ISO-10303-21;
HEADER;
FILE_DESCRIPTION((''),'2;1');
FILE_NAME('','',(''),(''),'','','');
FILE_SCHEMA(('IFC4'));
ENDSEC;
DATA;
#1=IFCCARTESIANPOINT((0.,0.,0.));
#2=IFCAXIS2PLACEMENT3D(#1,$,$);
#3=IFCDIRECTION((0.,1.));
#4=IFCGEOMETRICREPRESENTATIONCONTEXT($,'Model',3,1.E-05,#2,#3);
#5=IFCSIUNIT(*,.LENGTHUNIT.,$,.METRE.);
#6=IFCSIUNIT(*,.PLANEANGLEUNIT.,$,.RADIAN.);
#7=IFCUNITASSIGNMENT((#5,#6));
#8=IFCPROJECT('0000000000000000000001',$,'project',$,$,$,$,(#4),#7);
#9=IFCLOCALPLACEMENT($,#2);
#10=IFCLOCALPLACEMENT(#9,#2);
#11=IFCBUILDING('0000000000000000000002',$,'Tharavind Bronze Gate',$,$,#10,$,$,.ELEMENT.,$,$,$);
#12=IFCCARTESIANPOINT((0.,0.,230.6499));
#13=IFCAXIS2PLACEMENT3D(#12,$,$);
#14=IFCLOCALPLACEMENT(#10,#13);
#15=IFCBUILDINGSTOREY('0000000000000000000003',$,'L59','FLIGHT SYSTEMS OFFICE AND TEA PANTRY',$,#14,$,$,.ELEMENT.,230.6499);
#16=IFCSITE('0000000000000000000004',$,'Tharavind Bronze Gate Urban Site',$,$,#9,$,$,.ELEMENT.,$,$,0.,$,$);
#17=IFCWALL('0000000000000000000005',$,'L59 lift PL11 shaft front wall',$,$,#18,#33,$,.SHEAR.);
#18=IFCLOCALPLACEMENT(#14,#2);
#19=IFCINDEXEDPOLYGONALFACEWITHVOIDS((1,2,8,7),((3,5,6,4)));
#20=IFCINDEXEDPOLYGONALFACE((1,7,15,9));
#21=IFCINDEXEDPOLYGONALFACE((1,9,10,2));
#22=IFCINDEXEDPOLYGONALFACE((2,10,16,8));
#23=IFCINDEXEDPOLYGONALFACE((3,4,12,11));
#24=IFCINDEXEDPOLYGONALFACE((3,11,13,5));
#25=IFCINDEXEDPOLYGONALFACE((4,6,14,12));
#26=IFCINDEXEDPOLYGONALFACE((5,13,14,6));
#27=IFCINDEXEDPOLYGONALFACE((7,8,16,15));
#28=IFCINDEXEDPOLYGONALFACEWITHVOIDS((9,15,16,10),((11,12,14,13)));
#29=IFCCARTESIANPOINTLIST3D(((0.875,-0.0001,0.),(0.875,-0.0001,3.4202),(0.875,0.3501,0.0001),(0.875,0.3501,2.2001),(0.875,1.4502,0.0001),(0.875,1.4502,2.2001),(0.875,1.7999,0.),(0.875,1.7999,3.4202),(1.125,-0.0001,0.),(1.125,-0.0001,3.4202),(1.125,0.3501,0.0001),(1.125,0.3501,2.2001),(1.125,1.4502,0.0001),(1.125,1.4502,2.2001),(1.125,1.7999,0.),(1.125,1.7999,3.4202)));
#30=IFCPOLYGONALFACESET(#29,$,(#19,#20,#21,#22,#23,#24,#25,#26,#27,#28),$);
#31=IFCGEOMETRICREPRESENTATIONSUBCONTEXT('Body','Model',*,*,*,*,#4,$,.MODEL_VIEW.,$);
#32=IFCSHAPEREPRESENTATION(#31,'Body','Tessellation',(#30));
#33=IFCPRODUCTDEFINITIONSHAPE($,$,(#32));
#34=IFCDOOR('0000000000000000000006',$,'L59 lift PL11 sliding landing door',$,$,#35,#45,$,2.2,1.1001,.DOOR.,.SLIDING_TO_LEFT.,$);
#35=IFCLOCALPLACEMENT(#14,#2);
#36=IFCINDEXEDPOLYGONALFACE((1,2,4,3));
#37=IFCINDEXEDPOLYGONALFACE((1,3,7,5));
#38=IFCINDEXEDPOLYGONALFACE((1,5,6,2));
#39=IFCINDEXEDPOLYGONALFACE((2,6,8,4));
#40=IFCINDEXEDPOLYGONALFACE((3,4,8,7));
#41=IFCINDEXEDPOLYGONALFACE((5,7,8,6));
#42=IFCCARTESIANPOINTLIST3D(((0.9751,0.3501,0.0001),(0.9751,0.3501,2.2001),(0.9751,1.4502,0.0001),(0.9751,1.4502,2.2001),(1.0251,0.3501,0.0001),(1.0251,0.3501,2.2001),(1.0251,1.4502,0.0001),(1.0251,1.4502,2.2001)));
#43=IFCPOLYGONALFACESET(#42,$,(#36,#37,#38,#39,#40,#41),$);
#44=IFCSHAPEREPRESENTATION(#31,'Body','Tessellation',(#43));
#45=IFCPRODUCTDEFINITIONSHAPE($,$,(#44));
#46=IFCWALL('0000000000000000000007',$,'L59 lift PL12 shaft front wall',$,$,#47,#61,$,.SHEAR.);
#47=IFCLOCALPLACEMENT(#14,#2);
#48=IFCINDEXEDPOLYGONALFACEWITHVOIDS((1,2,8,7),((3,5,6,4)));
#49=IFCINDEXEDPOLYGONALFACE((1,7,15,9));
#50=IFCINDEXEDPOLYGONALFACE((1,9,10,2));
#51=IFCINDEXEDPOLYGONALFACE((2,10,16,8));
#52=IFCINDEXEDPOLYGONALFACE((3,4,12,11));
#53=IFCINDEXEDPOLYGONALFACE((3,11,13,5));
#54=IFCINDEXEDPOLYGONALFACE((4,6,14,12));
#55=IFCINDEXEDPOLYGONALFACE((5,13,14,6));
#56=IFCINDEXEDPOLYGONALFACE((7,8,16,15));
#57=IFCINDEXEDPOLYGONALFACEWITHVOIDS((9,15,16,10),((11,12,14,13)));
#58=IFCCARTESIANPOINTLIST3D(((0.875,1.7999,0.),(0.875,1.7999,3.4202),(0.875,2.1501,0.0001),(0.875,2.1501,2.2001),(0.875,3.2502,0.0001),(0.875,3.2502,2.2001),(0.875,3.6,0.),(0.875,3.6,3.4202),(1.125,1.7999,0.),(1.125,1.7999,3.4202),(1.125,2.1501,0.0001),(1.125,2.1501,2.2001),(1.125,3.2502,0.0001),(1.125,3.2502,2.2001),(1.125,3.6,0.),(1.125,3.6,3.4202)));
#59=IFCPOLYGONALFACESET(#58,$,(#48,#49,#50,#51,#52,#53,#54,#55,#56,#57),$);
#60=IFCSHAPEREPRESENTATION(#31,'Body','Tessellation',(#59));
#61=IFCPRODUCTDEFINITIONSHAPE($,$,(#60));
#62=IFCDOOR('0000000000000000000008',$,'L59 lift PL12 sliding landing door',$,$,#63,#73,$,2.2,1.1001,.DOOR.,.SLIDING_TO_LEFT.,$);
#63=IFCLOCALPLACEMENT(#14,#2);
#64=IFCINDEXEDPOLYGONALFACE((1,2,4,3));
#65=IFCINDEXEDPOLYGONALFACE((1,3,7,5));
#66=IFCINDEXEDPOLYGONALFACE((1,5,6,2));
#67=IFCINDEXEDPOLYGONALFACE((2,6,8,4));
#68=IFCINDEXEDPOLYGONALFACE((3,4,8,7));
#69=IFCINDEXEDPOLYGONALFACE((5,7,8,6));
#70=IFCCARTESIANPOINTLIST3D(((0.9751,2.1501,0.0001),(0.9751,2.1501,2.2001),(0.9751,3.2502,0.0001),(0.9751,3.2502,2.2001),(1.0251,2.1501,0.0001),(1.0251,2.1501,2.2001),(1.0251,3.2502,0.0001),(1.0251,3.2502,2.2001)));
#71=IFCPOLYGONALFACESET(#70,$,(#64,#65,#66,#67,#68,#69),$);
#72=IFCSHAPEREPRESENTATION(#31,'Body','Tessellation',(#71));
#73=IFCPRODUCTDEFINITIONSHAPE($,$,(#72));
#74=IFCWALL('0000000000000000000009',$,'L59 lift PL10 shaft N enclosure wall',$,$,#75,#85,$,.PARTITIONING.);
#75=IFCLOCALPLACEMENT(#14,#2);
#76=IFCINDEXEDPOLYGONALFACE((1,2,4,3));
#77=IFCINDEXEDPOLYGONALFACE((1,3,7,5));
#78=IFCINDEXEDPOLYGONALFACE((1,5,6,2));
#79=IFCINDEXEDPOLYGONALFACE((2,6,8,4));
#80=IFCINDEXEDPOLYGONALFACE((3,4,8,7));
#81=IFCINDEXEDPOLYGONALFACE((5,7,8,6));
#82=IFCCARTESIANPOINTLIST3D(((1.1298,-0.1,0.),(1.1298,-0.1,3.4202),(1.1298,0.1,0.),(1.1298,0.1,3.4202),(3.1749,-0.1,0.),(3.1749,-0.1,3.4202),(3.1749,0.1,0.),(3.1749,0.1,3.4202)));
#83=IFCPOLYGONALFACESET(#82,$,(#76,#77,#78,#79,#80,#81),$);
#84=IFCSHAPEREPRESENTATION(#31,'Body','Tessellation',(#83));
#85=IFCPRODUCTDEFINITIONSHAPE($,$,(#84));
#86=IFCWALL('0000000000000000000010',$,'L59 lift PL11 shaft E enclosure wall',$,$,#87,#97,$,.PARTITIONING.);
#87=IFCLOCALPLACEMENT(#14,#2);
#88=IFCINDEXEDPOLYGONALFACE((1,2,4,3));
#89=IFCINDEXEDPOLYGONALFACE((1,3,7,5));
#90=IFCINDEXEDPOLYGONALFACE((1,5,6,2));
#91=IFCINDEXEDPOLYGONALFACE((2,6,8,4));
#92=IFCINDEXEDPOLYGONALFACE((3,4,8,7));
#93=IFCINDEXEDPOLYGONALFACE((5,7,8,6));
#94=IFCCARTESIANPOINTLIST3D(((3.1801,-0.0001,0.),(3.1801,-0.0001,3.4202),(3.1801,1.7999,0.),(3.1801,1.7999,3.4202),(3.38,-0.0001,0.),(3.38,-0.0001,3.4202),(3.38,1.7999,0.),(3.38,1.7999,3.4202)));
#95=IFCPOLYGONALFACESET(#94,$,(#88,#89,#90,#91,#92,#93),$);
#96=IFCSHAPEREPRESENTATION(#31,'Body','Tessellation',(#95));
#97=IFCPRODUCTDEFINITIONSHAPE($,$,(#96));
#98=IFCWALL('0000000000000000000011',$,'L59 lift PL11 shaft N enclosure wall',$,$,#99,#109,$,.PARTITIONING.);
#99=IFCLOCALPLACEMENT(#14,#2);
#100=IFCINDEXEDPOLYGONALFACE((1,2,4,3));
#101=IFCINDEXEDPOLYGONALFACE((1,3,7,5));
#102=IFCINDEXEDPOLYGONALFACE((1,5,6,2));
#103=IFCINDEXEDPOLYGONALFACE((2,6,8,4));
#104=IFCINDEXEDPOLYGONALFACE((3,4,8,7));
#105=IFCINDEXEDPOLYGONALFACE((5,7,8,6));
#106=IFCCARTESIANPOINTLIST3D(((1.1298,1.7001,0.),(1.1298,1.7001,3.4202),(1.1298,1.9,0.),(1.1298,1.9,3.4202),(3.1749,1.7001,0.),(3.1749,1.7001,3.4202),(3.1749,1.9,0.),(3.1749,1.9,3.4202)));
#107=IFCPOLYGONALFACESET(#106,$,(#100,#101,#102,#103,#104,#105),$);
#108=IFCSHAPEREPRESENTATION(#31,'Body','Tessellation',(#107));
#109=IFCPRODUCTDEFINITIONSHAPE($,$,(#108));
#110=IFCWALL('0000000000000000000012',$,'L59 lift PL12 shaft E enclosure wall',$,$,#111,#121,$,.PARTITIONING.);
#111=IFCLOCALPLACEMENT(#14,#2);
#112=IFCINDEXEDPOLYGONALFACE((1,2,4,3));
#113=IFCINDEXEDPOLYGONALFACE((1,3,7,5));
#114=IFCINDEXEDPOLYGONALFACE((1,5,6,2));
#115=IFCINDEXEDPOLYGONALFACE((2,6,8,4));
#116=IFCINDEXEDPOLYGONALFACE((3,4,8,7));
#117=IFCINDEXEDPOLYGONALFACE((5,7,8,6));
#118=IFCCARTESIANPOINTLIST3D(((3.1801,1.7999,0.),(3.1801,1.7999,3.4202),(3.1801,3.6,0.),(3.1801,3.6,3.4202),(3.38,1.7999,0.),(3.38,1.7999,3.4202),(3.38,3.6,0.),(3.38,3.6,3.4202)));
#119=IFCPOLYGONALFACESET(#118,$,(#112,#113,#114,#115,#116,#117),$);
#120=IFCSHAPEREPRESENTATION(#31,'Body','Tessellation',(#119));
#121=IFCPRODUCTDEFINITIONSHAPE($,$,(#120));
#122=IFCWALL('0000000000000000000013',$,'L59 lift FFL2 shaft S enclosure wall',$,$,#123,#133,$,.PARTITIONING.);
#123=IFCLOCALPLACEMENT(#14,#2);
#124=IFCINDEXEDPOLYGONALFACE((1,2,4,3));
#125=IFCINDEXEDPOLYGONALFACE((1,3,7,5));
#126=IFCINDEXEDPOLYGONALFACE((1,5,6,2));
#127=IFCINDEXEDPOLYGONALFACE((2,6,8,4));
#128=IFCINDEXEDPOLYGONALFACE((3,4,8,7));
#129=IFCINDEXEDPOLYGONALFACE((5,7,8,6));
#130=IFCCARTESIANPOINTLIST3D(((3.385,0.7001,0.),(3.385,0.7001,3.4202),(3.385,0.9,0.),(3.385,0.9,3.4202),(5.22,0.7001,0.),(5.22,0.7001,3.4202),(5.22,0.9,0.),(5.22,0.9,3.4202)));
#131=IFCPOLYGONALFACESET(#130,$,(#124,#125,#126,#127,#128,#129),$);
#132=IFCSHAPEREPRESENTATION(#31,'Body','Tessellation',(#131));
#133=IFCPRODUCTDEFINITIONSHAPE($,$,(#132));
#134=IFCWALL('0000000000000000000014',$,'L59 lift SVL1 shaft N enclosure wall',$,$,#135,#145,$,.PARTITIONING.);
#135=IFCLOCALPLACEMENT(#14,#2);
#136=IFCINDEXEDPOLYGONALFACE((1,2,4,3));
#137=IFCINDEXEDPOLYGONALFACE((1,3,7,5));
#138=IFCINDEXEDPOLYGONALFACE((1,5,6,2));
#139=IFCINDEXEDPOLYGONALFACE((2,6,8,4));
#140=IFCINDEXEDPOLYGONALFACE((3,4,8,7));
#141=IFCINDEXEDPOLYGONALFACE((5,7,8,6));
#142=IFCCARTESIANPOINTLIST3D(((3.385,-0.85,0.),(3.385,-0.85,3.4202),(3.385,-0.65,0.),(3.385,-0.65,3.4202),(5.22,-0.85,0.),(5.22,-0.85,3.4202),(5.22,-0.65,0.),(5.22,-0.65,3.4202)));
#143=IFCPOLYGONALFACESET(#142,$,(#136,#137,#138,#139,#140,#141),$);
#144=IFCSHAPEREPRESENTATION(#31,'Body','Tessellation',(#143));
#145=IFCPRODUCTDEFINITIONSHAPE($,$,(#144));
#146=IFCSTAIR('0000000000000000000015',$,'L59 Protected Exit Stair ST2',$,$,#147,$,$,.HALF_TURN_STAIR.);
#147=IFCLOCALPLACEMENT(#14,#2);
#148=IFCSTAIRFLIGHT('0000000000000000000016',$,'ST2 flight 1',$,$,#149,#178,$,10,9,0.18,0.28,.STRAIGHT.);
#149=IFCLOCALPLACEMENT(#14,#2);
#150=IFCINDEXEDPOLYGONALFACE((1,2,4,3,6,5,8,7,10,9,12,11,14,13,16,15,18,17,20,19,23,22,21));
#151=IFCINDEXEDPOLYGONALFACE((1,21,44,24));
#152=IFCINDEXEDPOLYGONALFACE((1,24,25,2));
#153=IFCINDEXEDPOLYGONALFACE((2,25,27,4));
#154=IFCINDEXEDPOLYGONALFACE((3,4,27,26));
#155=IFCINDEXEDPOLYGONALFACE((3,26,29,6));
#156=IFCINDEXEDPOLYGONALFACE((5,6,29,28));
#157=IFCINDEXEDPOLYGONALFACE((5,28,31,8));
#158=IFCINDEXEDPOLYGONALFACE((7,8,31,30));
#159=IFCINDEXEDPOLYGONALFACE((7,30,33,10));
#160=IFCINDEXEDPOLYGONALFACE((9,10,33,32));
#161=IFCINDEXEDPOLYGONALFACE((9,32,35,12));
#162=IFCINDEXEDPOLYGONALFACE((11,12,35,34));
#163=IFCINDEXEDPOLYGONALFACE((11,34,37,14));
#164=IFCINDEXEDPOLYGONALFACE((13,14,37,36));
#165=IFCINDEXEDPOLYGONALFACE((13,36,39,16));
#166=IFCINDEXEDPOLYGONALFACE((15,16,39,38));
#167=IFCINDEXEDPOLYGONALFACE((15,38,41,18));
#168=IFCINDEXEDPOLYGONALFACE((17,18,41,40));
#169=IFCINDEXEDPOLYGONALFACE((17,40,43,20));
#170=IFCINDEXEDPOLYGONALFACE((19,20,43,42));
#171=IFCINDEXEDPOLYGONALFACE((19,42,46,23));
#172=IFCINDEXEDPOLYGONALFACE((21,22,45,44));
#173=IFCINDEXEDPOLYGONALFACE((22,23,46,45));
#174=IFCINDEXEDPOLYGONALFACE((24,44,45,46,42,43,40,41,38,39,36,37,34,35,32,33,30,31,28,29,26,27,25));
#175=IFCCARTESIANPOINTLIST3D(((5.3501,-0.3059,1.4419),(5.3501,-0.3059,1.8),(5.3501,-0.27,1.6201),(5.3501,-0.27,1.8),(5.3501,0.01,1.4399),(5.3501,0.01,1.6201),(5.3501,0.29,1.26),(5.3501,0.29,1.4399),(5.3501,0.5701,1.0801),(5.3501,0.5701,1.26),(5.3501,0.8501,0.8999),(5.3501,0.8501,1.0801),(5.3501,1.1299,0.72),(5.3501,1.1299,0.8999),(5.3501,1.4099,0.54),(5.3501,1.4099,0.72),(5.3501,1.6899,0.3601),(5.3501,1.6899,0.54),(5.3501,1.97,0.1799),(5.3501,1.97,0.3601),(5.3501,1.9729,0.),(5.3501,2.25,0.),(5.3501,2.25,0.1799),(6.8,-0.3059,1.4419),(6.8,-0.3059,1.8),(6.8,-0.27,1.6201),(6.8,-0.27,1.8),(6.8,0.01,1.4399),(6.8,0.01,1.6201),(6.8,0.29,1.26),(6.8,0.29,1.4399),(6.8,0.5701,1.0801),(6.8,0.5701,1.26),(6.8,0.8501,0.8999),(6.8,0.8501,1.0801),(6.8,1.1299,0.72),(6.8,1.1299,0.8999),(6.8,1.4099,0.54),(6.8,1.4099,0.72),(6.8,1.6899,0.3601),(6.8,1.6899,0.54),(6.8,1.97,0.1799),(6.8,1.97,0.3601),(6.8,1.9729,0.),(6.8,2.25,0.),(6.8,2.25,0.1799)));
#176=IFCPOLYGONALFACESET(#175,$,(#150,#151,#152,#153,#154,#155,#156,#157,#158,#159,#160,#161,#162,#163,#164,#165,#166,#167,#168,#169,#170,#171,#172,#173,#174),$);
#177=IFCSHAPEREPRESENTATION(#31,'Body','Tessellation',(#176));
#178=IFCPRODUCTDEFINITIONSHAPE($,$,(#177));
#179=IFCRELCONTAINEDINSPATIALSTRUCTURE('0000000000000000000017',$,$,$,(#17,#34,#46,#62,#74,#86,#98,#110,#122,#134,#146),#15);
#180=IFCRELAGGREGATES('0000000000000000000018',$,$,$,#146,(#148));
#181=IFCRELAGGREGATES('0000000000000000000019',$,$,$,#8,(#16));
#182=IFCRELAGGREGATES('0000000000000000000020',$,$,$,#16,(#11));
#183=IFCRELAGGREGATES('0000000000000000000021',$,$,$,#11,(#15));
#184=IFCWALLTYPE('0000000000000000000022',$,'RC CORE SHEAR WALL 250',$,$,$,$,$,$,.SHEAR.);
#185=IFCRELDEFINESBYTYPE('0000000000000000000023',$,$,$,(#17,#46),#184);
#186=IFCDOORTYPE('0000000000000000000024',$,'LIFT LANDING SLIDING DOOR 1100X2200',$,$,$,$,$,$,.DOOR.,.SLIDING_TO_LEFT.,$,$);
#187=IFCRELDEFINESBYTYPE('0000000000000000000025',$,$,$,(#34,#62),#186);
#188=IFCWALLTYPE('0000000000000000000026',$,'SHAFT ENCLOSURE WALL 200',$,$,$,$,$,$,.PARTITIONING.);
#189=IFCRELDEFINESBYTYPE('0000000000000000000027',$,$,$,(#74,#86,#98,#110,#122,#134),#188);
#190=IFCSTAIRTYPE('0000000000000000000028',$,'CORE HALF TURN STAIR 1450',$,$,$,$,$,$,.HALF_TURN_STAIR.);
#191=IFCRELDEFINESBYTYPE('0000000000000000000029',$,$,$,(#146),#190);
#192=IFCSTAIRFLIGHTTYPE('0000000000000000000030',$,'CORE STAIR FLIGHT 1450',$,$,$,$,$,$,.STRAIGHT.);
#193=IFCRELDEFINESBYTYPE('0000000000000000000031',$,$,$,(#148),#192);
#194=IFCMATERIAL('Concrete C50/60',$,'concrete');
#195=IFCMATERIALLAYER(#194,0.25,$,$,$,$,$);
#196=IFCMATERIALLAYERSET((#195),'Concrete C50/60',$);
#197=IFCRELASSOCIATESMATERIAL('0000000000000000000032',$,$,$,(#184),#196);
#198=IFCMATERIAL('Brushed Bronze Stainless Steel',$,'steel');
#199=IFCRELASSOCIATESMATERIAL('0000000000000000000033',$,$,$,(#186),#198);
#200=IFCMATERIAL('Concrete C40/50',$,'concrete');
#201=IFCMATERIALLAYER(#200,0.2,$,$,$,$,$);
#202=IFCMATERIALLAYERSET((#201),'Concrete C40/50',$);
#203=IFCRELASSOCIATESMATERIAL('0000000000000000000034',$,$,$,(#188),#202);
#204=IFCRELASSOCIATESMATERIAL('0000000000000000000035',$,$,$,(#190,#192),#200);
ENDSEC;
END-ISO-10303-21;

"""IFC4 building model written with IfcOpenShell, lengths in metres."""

from ifc_helpers import new_model, si_unit, direction, frame, frame_2d, origin, place, context, subcontext, project, spatial, polyline, rectangle, outline, extrude, material, layer, layer_set, type_object, element, fill, aggregate, save


model = new_model("IFC4")

# Units and contexts
model_context = context("Model", 3, precision=1e-05, world=origin(), true_north=direction((0.0, 1.0)))
body_context = subcontext(model_context, "Body", "Model", "MODEL_VIEW")
ifc_project = project(units=[si_unit("LENGTHUNIT", "METRE"), si_unit("PLANEANGLEUNIT", "RADIAN")], contexts=[model_context])

# Site, building, storey
site_placement = place(None, origin())
site = spatial("IfcSite", under=ifc_project, at=site_placement, Name="Tharavind Bronze Gate Urban Site", CompositionType="ELEMENT", RefElevation=0.0)
building_placement = place(site_placement, origin())
building = spatial("IfcBuilding", under=site, at=building_placement, Name="Tharavind Bronze Gate", CompositionType="ELEMENT")
storey_placement = place(building_placement, frame((0.0, 0.0, 230.6499)))
storey = spatial("IfcBuildingStorey", under=building, at=storey_placement, Name="L59", Description="FLIGHT SYSTEMS OFFICE AND TEA PANTRY", CompositionType="ELEMENT", Elevation=230.6499)

# Walls, openings, doors
ifc_material_1 = material(Name="Concrete C50/60", Category="concrete")
ifc_layer_1 = layer(ifc_material_1, 0.25)
ifc_layer_set_1 = layer_set([ifc_layer_1], Name="Concrete C50/60")
wall_type_1 = type_object("IfcWallType", Name="RC CORE SHEAR WALL 250", PredefinedType="SHEAR", material=ifc_layer_set_1)
wall_1_placement = place(storey_placement, frame((1.0, 0.0, 0.0), z_axis=(0.0, 0.0, 1.0), x_axis=(0.0, 1.0, 0.0)))
wall_1 = element("IfcWall", 1, at=wall_1_placement, inside=storey, type_object=wall_type_1, Name="L59 lift PL11 shaft front wall", PredefinedType="SHEAR", context=body_context, shape_type="SweptSolid", body=[
    extrude(rectangle(XDim=1.8, YDim=0.25, at=frame_2d((0.8999, 0.0))), origin(), (0.0, 0.0, 1.0), 3.4202),
])
opening_1_placement = place(wall_1_placement, frame((0.3501, 0.0, 0.0)))
opening_1 = element("IfcOpeningElement", 2, at=opening_1_placement, cuts=wall_1, PredefinedType="OPENING", context=body_context, shape_type="SweptSolid", body=[
    extrude(rectangle(XDim=1.1001, YDim=2.2, at=frame_2d((0.55, 1.1001))), frame((0.0, 0.135, 0.0), z_axis=(0.0, -1.0, 0.0), x_axis=(1.0, 0.0, 0.0)), (0.0, 0.0, 1.0), 0.27),
])
ifc_material_2 = material(Name="Brushed Bronze Stainless Steel", Category="steel")
door_type = type_object("IfcDoorType", Name="LIFT LANDING SLIDING DOOR 1100X2200", OperationType="SLIDING_TO_LEFT", PredefinedType="DOOR", material=ifc_material_2)
door_1_placement = place(opening_1_placement, origin())
door_1 = element("IfcDoor", 3, at=door_1_placement, inside=storey, type_object=door_type, Name="L59 lift PL11 sliding landing door", OperationType="SLIDING_TO_LEFT", OverallHeight=2.2, OverallWidth=1.1001, PredefinedType="DOOR", context=body_context, shape_type="SweptSolid", body=[
    extrude(rectangle(XDim=1.1001, YDim=2.2, at=frame_2d((0.55, 1.1001))), frame((0.0, 0.0249, 0.0), z_axis=(0.0, -1.0, 0.0), x_axis=(1.0, 0.0, 0.0)), (0.0, 0.0, 1.0), 0.05),
])
fill(opening_1, door_1)
wall_2_placement = place(storey_placement, frame((1.0, 1.8, 0.0), z_axis=(0.0, 0.0, 1.0), x_axis=(0.0, 1.0, 0.0)))
wall_2 = element("IfcWall", 4, at=wall_2_placement, inside=storey, type_object=wall_type_1, Name="L59 lift PL12 shaft front wall", PredefinedType="SHEAR", context=body_context, shape_type="SweptSolid", body=[
    extrude(rectangle(XDim=1.8, YDim=0.25, at=frame_2d((0.8999, 0.0))), origin(), (0.0, 0.0, 1.0), 3.4202),
])
opening_2_placement = place(wall_2_placement, frame((0.3501, 0.0, 0.0)))
opening_2 = element("IfcOpeningElement", 5, at=opening_2_placement, cuts=wall_2, PredefinedType="OPENING", context=body_context, shape_type="SweptSolid", body=[
    extrude(rectangle(XDim=1.1001, YDim=2.2, at=frame_2d((0.55, 1.1001))), frame((0.0, 0.135, 0.0), z_axis=(0.0, -1.0, 0.0), x_axis=(1.0, 0.0, 0.0)), (0.0, 0.0, 1.0), 0.27),
])
door_2_placement = place(opening_2_placement, origin())
door_2 = element("IfcDoor", 6, at=door_2_placement, inside=storey, type_object=door_type, Name="L59 lift PL12 sliding landing door", OperationType="SLIDING_TO_LEFT", OverallHeight=2.2, OverallWidth=1.1001, PredefinedType="DOOR", context=body_context, shape_type="SweptSolid", body=[
    extrude(rectangle(XDim=1.1001, YDim=2.2, at=frame_2d((0.55, 1.1001))), frame((0.0, 0.0249, 0.0), z_axis=(0.0, -1.0, 0.0), x_axis=(1.0, 0.0, 0.0)), (0.0, 0.0, 1.0), 0.05),
])
fill(opening_2, door_2)

# Walls
ifc_material_3 = material(Name="Concrete C40/50", Category="concrete")
ifc_layer_2 = layer(ifc_material_3, 0.2)
ifc_layer_set_2 = layer_set([ifc_layer_2], Name="Concrete C40/50")
wall_type_2 = type_object("IfcWallType", Name="SHAFT ENCLOSURE WALL 200", PredefinedType="PARTITIONING", material=ifc_layer_set_2)
wall_3_placement = place(storey_placement, frame((1.1299, 0.0, 0.0), z_axis=(0.0, 0.0, 1.0), x_axis=(1.0, 0.0, 0.0)))
element("IfcWall", 7, at=wall_3_placement, inside=storey, type_object=wall_type_2, Name="L59 lift PL10 shaft N enclosure wall", PredefinedType="PARTITIONING", context=body_context, shape_type="SweptSolid", body=[
    extrude(rectangle(XDim=2.0452, YDim=0.2, at=frame_2d((1.0225, 0.0))), origin(), (0.0, 0.0, 1.0), 3.4202),
])
wall_4_placement = place(storey_placement, frame((3.28, 0.0, 0.0), z_axis=(0.0, 0.0, 1.0), x_axis=(0.0, 1.0, 0.0)))
element("IfcWall", 8, at=wall_4_placement, inside=storey, type_object=wall_type_2, Name="L59 lift PL11 shaft E enclosure wall", PredefinedType="PARTITIONING", context=body_context, shape_type="SweptSolid", body=[
    extrude(rectangle(XDim=1.8, YDim=0.2, at=frame_2d((0.8999, 0.0))), origin(), (0.0, 0.0, 1.0), 3.4202),
])
wall_5_placement = place(storey_placement, frame((1.1299, 1.8, 0.0), z_axis=(0.0, 0.0, 1.0), x_axis=(1.0, 0.0, 0.0)))
element("IfcWall", 9, at=wall_5_placement, inside=storey, type_object=wall_type_2, Name="L59 lift PL11 shaft N enclosure wall", PredefinedType="PARTITIONING", context=body_context, shape_type="SweptSolid", body=[
    extrude(rectangle(XDim=2.0452, YDim=0.2, at=frame_2d((1.0225, 0.0))), origin(), (0.0, 0.0, 1.0), 3.4202),
])
wall_6_placement = place(storey_placement, frame((3.28, 1.8, 0.0), z_axis=(0.0, 0.0, 1.0), x_axis=(0.0, 1.0, 0.0)))
element("IfcWall", 10, at=wall_6_placement, inside=storey, type_object=wall_type_2, Name="L59 lift PL12 shaft E enclosure wall", PredefinedType="PARTITIONING", context=body_context, shape_type="SweptSolid", body=[
    extrude(rectangle(XDim=1.8, YDim=0.2, at=frame_2d((0.8999, 0.0))), origin(), (0.0, 0.0, 1.0), 3.4202),
])
for number, where, z_axis, x_axis, name in (
    (11, (3.385, 0.8, 0.0), (0.0, 0.0, 1.0), (1.0, 0.0, 0.0), "L59 lift FFL2 shaft S enclosure wall"),
    (12, (3.385, -0.75, 0.0), (0.0, 0.0, 1.0), (1.0, 0.0, 0.0), "L59 lift SVL1 shaft N enclosure wall"),
):
    element("IfcWall", number, at=place(storey_placement, frame(where, z_axis=z_axis, x_axis=x_axis)), inside=storey, type_object=wall_type_2, Name=name, PredefinedType="PARTITIONING", context=body_context, shape_type="SweptSolid", body=[
        extrude(rectangle(XDim=1.835, YDim=0.2, at=frame_2d((0.9175, 0.0))), origin(), (0.0, 0.0, 1.0), 3.4202),
    ])

# Stair, stair flight
stair_type = type_object("IfcStairType", Name="CORE HALF TURN STAIR 1450", PredefinedType="HALF_TURN_STAIR", material=ifc_material_3)
stair_placement = place(storey_placement, origin())
stair = element("IfcStair", 13, at=stair_placement, inside=storey, type_object=stair_type, Name="L59 Protected Exit Stair ST2", PredefinedType="HALF_TURN_STAIR")
stair_flight_type = type_object("IfcStairFlightType", Name="CORE STAIR FLIGHT 1450", PredefinedType="STRAIGHT", material=ifc_material_3)
stair_flight_1_placement = place(storey_placement, frame((6.075, 2.25, 0.0), z_axis=(0.0, 0.0, 1.0), x_axis=(0.0, -1.0, 0.0)))
stair_flight_1 = element("IfcStairFlight", 14, at=stair_flight_1_placement, type_object=stair_flight_type, Name="ST2 flight 1", NumberOfRisers=10, NumberOfTreads=9, PredefinedType="STRAIGHT", RiserHeight=0.18, TreadLength=0.28, context=body_context, shape_type="SweptSolid", body=[
    extrude(outline(polyline([(0.0, 0.0), (0.0, 0.1799), (0.28, 0.1799), (0.28, 0.3601), (0.5601, 0.3601), (0.5601, 0.54), (0.8401, 0.54), (0.8401, 0.72), (1.1201, 0.72), (1.1201, 0.8999), (1.3999, 0.8999), (1.3999, 1.0801), (1.6799, 1.0801), (1.6799, 1.26), (1.96, 1.26), (1.96, 1.4399), (2.24, 1.4399), (2.24, 1.6201), (2.52, 1.6201), (2.52, 1.8), (2.5559, 1.8), (2.5559, 1.4419), (0.2771, 0.0), (0.0, 0.0)])), frame((0.0, 0.7251, 0.0), z_axis=(0.0, -1.0, 0.0), x_axis=(1.0, 0.0, 0.0)), (0.0, 0.0, 1.0), 1.45),
])
aggregate(stair, [stair_flight_1])

save(model, "model.ifc")
